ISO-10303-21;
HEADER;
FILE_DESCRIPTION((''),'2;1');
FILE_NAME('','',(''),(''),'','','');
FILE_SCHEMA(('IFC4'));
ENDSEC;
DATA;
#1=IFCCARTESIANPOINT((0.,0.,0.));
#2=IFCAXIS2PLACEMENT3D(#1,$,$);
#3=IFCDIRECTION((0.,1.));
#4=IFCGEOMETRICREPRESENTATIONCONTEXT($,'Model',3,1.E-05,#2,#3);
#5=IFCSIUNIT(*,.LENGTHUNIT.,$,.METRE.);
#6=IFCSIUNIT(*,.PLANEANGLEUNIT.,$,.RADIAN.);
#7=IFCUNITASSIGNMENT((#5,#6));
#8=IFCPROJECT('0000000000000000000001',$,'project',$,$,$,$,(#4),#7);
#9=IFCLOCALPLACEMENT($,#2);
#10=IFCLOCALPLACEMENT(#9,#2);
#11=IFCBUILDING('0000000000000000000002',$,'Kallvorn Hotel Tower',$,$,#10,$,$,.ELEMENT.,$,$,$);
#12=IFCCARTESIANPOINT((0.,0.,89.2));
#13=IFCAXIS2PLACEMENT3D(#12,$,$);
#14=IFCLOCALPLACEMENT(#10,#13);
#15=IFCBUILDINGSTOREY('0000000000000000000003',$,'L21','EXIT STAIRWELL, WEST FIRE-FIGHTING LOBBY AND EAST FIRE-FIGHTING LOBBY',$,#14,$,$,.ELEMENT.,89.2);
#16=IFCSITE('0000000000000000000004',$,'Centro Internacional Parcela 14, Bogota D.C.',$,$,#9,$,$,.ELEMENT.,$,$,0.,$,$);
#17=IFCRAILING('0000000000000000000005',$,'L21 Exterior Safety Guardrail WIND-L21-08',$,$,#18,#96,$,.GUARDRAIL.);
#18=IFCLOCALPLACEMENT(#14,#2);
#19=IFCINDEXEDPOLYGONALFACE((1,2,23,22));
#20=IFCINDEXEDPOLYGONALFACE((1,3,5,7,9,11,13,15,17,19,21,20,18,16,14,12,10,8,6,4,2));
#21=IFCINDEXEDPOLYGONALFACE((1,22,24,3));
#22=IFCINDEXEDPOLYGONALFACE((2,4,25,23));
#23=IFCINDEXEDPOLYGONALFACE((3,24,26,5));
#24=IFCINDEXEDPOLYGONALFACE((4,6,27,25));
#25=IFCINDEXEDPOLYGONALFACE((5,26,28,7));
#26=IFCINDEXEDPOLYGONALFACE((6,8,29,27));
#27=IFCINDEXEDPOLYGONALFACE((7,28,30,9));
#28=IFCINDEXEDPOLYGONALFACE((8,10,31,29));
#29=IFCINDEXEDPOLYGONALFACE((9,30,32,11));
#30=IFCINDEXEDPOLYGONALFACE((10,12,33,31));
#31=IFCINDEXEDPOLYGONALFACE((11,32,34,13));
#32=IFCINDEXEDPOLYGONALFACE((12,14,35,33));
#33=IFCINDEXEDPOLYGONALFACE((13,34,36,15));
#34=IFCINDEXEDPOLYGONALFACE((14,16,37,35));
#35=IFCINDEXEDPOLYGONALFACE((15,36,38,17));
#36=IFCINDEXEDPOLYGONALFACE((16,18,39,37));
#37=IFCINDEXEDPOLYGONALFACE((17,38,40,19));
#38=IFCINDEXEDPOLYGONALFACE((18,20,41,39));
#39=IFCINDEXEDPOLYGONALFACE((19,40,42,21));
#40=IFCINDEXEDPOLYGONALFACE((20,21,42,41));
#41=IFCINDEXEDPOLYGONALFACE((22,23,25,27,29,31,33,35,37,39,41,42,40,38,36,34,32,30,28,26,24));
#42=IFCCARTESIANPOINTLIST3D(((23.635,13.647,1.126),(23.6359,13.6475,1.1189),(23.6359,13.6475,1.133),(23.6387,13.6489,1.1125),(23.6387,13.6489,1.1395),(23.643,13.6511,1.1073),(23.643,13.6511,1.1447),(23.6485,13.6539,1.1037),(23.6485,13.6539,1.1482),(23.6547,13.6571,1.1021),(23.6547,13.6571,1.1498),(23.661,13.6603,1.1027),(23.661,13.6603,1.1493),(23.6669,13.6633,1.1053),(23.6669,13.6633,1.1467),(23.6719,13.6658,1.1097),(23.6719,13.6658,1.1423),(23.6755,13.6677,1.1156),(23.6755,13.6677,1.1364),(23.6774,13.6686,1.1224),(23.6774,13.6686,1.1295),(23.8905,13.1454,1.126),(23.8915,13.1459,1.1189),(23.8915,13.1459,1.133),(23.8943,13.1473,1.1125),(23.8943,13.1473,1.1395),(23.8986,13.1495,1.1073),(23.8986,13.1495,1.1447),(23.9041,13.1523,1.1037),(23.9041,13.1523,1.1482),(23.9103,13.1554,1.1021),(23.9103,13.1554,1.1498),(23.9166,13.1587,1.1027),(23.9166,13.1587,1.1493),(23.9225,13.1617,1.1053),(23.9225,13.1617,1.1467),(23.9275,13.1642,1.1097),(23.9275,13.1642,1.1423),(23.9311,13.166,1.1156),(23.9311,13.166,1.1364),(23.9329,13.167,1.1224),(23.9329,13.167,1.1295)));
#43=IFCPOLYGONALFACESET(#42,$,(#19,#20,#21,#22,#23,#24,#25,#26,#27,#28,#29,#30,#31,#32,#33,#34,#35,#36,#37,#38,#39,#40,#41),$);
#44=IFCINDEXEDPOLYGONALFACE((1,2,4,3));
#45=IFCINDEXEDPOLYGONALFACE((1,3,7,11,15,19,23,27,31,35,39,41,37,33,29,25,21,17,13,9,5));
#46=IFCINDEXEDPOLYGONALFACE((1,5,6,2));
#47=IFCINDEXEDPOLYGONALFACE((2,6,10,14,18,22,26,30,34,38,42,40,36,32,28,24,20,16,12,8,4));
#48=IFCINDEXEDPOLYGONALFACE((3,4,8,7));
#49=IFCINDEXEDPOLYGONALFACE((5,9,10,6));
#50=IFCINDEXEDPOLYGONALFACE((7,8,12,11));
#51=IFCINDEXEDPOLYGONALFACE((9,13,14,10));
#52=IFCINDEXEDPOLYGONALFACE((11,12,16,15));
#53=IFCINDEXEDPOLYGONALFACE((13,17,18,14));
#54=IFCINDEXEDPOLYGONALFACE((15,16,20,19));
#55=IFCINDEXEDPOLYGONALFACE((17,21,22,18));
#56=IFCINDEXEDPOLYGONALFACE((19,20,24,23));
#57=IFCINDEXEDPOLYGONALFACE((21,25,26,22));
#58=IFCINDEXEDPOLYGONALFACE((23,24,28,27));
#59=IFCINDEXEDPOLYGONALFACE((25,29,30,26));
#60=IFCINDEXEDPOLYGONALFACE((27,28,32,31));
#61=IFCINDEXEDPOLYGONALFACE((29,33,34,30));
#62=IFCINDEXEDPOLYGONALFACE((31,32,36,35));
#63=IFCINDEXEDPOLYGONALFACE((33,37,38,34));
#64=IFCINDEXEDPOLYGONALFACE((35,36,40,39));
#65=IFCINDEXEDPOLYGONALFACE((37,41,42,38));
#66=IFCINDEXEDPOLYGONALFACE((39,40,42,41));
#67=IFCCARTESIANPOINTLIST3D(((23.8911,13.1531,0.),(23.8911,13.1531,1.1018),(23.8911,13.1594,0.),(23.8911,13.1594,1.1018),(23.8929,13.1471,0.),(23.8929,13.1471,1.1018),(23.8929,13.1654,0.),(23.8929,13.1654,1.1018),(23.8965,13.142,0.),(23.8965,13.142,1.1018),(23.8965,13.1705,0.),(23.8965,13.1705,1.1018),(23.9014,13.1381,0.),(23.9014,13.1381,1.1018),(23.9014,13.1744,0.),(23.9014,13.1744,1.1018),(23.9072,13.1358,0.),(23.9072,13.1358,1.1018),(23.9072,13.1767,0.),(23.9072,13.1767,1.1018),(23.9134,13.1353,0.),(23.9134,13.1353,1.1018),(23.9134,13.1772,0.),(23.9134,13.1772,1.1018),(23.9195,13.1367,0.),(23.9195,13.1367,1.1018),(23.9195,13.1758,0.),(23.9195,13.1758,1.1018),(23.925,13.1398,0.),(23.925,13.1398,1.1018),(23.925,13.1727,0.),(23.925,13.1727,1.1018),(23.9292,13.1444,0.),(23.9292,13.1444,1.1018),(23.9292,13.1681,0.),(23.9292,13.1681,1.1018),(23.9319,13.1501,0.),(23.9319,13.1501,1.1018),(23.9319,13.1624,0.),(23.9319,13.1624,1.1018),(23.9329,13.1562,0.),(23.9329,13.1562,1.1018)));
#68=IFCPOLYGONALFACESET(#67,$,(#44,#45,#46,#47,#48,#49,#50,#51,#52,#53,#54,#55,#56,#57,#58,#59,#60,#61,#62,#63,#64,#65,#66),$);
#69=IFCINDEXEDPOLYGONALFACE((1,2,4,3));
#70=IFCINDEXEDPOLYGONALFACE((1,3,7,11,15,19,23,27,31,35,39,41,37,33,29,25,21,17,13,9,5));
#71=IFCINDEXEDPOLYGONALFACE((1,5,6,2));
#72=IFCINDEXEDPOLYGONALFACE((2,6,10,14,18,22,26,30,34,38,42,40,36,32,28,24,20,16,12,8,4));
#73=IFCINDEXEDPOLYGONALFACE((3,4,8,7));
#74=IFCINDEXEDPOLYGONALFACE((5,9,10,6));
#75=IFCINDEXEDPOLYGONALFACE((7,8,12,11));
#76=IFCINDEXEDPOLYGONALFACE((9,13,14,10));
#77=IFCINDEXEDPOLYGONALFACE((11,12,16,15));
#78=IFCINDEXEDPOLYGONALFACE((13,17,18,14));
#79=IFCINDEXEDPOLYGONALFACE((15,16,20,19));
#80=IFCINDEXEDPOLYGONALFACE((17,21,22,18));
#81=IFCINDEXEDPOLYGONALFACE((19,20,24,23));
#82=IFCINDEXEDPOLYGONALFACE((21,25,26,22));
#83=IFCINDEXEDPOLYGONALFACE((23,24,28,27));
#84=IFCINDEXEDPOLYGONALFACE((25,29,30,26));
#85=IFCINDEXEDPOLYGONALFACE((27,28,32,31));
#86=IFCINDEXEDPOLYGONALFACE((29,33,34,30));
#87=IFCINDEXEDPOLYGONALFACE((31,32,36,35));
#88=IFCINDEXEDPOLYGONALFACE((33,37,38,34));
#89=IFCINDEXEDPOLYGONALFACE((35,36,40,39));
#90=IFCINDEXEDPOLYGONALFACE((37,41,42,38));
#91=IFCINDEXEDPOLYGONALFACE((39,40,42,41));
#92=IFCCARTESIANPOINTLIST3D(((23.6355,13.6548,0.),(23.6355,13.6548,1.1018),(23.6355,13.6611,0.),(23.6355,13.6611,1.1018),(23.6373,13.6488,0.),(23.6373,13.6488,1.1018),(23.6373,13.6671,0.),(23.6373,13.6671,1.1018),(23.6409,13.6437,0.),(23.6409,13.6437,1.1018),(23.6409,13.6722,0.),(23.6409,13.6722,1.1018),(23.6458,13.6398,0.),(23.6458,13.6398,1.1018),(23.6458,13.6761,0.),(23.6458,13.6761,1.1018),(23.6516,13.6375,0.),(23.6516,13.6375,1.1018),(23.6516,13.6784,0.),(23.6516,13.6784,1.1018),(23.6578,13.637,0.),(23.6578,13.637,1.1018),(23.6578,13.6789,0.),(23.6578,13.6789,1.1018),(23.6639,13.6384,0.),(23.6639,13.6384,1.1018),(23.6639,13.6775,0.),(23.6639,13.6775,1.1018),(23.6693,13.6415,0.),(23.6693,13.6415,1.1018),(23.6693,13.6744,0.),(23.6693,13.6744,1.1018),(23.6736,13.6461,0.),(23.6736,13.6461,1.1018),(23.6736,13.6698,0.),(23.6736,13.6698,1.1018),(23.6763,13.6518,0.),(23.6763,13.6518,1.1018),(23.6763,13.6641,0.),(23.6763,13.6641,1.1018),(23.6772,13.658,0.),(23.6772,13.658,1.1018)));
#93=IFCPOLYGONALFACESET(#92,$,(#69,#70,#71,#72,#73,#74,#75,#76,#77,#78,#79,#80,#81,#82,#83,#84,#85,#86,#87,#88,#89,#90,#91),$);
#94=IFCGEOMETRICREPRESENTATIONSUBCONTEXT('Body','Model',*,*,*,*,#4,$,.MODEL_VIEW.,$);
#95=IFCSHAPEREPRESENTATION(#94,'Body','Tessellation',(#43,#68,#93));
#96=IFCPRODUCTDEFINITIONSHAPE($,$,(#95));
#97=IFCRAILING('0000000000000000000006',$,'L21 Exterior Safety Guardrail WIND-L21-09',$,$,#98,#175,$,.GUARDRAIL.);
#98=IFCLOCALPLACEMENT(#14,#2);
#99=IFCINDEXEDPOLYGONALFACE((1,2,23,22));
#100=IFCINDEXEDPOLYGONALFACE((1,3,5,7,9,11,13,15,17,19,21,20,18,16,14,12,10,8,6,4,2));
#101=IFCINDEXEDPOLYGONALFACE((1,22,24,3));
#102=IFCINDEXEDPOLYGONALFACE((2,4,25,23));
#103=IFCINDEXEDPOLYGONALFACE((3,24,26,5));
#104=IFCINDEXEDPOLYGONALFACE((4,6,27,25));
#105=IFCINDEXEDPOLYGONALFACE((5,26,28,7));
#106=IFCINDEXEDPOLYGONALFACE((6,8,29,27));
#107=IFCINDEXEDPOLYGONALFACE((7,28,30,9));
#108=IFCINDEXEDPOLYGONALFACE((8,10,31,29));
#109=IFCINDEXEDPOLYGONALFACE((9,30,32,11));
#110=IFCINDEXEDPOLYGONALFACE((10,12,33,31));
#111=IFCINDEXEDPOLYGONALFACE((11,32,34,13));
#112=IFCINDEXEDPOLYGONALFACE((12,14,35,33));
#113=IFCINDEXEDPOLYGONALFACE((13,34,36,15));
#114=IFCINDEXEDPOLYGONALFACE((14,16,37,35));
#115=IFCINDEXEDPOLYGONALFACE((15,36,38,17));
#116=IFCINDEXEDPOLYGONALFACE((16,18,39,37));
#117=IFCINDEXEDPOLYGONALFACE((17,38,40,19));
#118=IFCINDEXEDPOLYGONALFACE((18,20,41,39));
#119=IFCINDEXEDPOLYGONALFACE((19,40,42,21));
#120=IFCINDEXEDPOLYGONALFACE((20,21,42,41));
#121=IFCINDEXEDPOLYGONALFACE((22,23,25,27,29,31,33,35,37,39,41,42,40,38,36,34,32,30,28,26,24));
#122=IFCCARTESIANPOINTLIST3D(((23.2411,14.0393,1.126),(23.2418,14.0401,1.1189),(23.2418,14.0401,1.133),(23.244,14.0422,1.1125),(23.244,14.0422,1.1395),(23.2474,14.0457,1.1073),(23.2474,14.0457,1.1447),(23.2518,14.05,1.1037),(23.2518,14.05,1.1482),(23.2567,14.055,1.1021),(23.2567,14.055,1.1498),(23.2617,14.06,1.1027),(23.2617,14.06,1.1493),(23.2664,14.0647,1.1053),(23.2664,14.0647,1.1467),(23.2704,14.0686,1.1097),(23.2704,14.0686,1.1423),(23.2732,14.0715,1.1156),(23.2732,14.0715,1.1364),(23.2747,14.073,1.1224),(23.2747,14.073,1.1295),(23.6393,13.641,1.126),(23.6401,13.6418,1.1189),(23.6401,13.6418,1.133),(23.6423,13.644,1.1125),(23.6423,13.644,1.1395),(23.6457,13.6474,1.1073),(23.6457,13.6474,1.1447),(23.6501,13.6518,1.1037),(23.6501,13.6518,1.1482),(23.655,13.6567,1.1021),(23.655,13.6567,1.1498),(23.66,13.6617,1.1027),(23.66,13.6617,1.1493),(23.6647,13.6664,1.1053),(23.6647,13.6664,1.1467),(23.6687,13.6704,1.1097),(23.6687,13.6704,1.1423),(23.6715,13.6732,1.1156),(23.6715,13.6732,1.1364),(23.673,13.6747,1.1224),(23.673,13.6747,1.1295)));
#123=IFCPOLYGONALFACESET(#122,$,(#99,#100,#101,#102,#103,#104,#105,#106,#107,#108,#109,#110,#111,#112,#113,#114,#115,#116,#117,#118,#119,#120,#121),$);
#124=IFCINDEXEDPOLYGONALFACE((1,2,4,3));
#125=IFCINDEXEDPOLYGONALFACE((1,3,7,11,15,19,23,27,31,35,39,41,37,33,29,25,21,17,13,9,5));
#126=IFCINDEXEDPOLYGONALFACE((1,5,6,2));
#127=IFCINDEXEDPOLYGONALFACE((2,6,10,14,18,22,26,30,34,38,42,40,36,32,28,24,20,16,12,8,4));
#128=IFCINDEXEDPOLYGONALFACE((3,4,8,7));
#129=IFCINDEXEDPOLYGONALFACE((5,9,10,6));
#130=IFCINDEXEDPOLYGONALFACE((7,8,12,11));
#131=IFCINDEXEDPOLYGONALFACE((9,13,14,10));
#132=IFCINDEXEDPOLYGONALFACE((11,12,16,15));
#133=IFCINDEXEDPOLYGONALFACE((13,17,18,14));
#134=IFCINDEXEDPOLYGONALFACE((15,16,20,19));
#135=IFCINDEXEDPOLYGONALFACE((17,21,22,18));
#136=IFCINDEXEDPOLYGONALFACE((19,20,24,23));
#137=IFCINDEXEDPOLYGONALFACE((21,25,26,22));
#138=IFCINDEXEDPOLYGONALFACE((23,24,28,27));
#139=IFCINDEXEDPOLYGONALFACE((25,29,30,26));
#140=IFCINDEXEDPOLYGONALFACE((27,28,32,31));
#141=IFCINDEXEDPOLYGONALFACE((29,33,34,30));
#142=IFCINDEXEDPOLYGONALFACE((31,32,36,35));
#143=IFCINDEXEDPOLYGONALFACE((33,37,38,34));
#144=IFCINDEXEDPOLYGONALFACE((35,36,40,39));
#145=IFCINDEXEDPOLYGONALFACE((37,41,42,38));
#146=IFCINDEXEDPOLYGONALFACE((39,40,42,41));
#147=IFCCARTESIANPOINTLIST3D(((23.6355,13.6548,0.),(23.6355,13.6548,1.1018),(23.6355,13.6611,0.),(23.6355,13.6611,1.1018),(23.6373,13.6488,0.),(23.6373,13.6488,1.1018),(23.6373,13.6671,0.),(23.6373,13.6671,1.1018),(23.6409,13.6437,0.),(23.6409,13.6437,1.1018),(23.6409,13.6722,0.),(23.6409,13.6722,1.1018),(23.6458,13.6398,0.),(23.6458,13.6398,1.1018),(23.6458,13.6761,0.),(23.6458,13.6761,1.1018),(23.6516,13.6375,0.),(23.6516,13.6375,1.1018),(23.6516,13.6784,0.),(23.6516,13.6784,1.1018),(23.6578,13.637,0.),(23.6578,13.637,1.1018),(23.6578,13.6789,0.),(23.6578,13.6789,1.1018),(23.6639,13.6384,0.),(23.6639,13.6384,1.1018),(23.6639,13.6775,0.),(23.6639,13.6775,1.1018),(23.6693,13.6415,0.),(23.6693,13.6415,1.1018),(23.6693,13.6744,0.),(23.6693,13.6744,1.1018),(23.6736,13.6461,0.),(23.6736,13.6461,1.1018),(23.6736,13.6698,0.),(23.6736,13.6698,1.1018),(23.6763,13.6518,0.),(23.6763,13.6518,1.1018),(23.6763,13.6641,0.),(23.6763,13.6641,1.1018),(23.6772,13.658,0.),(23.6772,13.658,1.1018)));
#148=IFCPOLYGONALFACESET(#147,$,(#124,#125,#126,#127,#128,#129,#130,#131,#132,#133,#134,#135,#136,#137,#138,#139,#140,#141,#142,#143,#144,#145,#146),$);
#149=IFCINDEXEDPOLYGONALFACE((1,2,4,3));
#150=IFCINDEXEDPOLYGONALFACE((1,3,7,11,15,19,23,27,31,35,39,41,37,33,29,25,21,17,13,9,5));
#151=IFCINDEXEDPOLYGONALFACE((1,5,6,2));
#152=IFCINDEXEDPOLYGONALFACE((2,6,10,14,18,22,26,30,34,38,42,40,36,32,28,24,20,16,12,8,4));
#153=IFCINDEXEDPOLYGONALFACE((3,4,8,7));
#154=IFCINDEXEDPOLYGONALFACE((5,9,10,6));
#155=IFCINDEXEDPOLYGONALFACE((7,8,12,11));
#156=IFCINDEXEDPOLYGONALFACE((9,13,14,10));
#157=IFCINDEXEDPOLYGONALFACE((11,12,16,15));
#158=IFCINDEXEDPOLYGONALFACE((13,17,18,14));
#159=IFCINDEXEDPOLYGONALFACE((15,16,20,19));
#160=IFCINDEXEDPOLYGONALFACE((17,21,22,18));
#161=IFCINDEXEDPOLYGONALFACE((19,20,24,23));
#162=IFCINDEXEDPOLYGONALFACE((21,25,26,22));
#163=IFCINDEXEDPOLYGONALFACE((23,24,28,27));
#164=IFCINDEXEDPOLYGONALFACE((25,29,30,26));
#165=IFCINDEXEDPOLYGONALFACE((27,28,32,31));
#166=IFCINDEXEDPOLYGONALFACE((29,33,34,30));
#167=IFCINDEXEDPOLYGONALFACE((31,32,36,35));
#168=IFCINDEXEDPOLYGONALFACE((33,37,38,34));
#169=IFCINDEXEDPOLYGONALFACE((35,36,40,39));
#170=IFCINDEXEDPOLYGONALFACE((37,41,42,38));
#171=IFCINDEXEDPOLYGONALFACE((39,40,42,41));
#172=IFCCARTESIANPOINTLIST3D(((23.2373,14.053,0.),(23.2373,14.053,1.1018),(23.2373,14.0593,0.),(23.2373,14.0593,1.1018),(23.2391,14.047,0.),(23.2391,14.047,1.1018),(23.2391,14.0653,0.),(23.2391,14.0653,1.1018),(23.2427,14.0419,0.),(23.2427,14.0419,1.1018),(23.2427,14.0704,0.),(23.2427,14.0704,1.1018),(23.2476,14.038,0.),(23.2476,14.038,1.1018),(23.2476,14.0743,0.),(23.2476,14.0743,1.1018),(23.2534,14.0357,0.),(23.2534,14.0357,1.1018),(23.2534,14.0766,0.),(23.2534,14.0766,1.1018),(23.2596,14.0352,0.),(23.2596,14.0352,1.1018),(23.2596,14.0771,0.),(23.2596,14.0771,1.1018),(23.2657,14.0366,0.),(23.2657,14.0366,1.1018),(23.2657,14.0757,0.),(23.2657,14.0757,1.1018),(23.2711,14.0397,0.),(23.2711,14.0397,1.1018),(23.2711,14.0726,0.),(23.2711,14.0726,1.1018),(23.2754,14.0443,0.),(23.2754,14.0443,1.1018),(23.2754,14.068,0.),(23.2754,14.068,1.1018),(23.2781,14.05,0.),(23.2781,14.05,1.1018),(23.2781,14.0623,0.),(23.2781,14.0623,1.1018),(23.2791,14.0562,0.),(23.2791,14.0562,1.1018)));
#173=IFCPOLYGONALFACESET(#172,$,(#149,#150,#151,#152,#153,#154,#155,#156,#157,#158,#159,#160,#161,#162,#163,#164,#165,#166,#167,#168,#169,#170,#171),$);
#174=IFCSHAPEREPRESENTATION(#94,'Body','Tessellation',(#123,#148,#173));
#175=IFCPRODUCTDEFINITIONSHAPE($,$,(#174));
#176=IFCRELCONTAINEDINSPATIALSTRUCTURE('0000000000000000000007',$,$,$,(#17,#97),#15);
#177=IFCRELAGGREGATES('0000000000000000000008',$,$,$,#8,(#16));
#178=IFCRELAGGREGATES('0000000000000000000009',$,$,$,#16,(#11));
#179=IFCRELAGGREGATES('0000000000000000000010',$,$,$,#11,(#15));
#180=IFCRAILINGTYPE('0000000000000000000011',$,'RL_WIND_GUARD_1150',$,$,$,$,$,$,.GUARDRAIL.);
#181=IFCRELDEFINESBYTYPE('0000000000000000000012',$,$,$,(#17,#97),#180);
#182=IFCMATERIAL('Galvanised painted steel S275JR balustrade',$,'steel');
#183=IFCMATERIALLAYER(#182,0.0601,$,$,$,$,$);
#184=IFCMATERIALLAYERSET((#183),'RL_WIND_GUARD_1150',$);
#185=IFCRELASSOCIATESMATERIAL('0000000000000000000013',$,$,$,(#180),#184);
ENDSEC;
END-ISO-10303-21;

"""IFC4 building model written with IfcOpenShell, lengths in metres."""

from ifc_helpers import new_model, si_unit, direction, frame, origin, origin_2d, place, context, subcontext, project, spatial, circle, extrude, material, layer, layer_set, type_object, element, save


model = new_model("IFC4")

# Units and contexts
model_context = context("Model", 3, precision=1e-05, world=origin(), true_north=direction((0.0, 1.0)))
body_context = subcontext(model_context, "Body", "Model", "MODEL_VIEW")
ifc_project = project(units=[si_unit("LENGTHUNIT", "METRE"), si_unit("PLANEANGLEUNIT", "RADIAN")], contexts=[model_context])

# Site, building, storey
site_placement = place(None, origin())
site = spatial("IfcSite", under=ifc_project, at=site_placement, Name="Centro Internacional Parcela 14, Bogota D.C.", CompositionType="ELEMENT", RefElevation=0.0)
building_placement = place(site_placement, origin())
building = spatial("IfcBuilding", under=site, at=building_placement, Name="Kallvorn Hotel Tower", CompositionType="ELEMENT")
storey_placement = place(building_placement, frame((0.0, 0.0, 89.2)))
storey = spatial("IfcBuildingStorey", under=building, at=storey_placement, Name="L21", Description="EXIT STAIRWELL, WEST FIRE-FIGHTING LOBBY AND EAST FIRE-FIGHTING LOBBY", CompositionType="ELEMENT", Elevation=89.2)

# Railings
ifc_material_1 = material(Name="Galvanised painted steel S275JR balustrade", Category="steel")
ifc_layer_1 = layer(ifc_material_1, 0.0601)
ifc_layer_set_1 = layer_set([ifc_layer_1], Name="RL_WIND_GUARD_1150")
railing_type = type_object("IfcRailingType", Name="RL_WIND_GUARD_1150", PredefinedType="GUARDRAIL", material=ifc_layer_set_1)
railing_1_placement = place(storey_placement, frame((23.9119, 13.1562, 0.0)))
element("IfcRailing", 1, at=railing_1_placement, inside=storey, type_object=railing_type, Name="L21 Exterior Safety Guardrail WIND-L21-08", PredefinedType="GUARDRAIL", context=body_context, shape_type="SweptSolid", body=[
    extrude(circle(Radius=0.0239, at=origin_2d()), frame((0.0, 0.0, 1.126), z_axis=(-0.453965, 0.89102, 0.0), x_axis=(-0.89102, -0.453965, 0.0)), (0.0, 0.0, 1.0), 0.563),
    extrude(circle(Radius=0.021, at=origin_2d()), origin(), (0.0, 0.0, 1.0), 1.1018),
    extrude(circle(Radius=0.021, at=origin_2d()), frame((-0.2556, 0.5017, 0.0)), (0.0, 0.0, 1.0), 1.1018),
])
railing_2_placement = place(storey_placement, frame((23.6562, 13.658, 0.0)))
element("IfcRailing", 2, at=railing_2_placement, inside=storey, type_object=railing_type, Name="L21 Exterior Safety Guardrail WIND-L21-09", PredefinedType="GUARDRAIL", context=body_context, shape_type="SweptSolid", body=[
    extrude(circle(Radius=0.0239, at=origin_2d()), frame((0.0, 0.0, 1.126), z_axis=(-0.707107, 0.707107, 0.0), x_axis=(-0.707107, -0.707107, 0.0)), (0.0, 0.0, 1.0), 0.5632),
    extrude(circle(Radius=0.021, at=origin_2d()), origin(), (0.0, 0.0, 1.0), 1.1018),
    extrude(circle(Radius=0.021, at=origin_2d()), frame((-0.3982, 0.3982, 0.0)), (0.0, 0.0, 1.0), 1.1018),
])

save(model, "model.ifc")
